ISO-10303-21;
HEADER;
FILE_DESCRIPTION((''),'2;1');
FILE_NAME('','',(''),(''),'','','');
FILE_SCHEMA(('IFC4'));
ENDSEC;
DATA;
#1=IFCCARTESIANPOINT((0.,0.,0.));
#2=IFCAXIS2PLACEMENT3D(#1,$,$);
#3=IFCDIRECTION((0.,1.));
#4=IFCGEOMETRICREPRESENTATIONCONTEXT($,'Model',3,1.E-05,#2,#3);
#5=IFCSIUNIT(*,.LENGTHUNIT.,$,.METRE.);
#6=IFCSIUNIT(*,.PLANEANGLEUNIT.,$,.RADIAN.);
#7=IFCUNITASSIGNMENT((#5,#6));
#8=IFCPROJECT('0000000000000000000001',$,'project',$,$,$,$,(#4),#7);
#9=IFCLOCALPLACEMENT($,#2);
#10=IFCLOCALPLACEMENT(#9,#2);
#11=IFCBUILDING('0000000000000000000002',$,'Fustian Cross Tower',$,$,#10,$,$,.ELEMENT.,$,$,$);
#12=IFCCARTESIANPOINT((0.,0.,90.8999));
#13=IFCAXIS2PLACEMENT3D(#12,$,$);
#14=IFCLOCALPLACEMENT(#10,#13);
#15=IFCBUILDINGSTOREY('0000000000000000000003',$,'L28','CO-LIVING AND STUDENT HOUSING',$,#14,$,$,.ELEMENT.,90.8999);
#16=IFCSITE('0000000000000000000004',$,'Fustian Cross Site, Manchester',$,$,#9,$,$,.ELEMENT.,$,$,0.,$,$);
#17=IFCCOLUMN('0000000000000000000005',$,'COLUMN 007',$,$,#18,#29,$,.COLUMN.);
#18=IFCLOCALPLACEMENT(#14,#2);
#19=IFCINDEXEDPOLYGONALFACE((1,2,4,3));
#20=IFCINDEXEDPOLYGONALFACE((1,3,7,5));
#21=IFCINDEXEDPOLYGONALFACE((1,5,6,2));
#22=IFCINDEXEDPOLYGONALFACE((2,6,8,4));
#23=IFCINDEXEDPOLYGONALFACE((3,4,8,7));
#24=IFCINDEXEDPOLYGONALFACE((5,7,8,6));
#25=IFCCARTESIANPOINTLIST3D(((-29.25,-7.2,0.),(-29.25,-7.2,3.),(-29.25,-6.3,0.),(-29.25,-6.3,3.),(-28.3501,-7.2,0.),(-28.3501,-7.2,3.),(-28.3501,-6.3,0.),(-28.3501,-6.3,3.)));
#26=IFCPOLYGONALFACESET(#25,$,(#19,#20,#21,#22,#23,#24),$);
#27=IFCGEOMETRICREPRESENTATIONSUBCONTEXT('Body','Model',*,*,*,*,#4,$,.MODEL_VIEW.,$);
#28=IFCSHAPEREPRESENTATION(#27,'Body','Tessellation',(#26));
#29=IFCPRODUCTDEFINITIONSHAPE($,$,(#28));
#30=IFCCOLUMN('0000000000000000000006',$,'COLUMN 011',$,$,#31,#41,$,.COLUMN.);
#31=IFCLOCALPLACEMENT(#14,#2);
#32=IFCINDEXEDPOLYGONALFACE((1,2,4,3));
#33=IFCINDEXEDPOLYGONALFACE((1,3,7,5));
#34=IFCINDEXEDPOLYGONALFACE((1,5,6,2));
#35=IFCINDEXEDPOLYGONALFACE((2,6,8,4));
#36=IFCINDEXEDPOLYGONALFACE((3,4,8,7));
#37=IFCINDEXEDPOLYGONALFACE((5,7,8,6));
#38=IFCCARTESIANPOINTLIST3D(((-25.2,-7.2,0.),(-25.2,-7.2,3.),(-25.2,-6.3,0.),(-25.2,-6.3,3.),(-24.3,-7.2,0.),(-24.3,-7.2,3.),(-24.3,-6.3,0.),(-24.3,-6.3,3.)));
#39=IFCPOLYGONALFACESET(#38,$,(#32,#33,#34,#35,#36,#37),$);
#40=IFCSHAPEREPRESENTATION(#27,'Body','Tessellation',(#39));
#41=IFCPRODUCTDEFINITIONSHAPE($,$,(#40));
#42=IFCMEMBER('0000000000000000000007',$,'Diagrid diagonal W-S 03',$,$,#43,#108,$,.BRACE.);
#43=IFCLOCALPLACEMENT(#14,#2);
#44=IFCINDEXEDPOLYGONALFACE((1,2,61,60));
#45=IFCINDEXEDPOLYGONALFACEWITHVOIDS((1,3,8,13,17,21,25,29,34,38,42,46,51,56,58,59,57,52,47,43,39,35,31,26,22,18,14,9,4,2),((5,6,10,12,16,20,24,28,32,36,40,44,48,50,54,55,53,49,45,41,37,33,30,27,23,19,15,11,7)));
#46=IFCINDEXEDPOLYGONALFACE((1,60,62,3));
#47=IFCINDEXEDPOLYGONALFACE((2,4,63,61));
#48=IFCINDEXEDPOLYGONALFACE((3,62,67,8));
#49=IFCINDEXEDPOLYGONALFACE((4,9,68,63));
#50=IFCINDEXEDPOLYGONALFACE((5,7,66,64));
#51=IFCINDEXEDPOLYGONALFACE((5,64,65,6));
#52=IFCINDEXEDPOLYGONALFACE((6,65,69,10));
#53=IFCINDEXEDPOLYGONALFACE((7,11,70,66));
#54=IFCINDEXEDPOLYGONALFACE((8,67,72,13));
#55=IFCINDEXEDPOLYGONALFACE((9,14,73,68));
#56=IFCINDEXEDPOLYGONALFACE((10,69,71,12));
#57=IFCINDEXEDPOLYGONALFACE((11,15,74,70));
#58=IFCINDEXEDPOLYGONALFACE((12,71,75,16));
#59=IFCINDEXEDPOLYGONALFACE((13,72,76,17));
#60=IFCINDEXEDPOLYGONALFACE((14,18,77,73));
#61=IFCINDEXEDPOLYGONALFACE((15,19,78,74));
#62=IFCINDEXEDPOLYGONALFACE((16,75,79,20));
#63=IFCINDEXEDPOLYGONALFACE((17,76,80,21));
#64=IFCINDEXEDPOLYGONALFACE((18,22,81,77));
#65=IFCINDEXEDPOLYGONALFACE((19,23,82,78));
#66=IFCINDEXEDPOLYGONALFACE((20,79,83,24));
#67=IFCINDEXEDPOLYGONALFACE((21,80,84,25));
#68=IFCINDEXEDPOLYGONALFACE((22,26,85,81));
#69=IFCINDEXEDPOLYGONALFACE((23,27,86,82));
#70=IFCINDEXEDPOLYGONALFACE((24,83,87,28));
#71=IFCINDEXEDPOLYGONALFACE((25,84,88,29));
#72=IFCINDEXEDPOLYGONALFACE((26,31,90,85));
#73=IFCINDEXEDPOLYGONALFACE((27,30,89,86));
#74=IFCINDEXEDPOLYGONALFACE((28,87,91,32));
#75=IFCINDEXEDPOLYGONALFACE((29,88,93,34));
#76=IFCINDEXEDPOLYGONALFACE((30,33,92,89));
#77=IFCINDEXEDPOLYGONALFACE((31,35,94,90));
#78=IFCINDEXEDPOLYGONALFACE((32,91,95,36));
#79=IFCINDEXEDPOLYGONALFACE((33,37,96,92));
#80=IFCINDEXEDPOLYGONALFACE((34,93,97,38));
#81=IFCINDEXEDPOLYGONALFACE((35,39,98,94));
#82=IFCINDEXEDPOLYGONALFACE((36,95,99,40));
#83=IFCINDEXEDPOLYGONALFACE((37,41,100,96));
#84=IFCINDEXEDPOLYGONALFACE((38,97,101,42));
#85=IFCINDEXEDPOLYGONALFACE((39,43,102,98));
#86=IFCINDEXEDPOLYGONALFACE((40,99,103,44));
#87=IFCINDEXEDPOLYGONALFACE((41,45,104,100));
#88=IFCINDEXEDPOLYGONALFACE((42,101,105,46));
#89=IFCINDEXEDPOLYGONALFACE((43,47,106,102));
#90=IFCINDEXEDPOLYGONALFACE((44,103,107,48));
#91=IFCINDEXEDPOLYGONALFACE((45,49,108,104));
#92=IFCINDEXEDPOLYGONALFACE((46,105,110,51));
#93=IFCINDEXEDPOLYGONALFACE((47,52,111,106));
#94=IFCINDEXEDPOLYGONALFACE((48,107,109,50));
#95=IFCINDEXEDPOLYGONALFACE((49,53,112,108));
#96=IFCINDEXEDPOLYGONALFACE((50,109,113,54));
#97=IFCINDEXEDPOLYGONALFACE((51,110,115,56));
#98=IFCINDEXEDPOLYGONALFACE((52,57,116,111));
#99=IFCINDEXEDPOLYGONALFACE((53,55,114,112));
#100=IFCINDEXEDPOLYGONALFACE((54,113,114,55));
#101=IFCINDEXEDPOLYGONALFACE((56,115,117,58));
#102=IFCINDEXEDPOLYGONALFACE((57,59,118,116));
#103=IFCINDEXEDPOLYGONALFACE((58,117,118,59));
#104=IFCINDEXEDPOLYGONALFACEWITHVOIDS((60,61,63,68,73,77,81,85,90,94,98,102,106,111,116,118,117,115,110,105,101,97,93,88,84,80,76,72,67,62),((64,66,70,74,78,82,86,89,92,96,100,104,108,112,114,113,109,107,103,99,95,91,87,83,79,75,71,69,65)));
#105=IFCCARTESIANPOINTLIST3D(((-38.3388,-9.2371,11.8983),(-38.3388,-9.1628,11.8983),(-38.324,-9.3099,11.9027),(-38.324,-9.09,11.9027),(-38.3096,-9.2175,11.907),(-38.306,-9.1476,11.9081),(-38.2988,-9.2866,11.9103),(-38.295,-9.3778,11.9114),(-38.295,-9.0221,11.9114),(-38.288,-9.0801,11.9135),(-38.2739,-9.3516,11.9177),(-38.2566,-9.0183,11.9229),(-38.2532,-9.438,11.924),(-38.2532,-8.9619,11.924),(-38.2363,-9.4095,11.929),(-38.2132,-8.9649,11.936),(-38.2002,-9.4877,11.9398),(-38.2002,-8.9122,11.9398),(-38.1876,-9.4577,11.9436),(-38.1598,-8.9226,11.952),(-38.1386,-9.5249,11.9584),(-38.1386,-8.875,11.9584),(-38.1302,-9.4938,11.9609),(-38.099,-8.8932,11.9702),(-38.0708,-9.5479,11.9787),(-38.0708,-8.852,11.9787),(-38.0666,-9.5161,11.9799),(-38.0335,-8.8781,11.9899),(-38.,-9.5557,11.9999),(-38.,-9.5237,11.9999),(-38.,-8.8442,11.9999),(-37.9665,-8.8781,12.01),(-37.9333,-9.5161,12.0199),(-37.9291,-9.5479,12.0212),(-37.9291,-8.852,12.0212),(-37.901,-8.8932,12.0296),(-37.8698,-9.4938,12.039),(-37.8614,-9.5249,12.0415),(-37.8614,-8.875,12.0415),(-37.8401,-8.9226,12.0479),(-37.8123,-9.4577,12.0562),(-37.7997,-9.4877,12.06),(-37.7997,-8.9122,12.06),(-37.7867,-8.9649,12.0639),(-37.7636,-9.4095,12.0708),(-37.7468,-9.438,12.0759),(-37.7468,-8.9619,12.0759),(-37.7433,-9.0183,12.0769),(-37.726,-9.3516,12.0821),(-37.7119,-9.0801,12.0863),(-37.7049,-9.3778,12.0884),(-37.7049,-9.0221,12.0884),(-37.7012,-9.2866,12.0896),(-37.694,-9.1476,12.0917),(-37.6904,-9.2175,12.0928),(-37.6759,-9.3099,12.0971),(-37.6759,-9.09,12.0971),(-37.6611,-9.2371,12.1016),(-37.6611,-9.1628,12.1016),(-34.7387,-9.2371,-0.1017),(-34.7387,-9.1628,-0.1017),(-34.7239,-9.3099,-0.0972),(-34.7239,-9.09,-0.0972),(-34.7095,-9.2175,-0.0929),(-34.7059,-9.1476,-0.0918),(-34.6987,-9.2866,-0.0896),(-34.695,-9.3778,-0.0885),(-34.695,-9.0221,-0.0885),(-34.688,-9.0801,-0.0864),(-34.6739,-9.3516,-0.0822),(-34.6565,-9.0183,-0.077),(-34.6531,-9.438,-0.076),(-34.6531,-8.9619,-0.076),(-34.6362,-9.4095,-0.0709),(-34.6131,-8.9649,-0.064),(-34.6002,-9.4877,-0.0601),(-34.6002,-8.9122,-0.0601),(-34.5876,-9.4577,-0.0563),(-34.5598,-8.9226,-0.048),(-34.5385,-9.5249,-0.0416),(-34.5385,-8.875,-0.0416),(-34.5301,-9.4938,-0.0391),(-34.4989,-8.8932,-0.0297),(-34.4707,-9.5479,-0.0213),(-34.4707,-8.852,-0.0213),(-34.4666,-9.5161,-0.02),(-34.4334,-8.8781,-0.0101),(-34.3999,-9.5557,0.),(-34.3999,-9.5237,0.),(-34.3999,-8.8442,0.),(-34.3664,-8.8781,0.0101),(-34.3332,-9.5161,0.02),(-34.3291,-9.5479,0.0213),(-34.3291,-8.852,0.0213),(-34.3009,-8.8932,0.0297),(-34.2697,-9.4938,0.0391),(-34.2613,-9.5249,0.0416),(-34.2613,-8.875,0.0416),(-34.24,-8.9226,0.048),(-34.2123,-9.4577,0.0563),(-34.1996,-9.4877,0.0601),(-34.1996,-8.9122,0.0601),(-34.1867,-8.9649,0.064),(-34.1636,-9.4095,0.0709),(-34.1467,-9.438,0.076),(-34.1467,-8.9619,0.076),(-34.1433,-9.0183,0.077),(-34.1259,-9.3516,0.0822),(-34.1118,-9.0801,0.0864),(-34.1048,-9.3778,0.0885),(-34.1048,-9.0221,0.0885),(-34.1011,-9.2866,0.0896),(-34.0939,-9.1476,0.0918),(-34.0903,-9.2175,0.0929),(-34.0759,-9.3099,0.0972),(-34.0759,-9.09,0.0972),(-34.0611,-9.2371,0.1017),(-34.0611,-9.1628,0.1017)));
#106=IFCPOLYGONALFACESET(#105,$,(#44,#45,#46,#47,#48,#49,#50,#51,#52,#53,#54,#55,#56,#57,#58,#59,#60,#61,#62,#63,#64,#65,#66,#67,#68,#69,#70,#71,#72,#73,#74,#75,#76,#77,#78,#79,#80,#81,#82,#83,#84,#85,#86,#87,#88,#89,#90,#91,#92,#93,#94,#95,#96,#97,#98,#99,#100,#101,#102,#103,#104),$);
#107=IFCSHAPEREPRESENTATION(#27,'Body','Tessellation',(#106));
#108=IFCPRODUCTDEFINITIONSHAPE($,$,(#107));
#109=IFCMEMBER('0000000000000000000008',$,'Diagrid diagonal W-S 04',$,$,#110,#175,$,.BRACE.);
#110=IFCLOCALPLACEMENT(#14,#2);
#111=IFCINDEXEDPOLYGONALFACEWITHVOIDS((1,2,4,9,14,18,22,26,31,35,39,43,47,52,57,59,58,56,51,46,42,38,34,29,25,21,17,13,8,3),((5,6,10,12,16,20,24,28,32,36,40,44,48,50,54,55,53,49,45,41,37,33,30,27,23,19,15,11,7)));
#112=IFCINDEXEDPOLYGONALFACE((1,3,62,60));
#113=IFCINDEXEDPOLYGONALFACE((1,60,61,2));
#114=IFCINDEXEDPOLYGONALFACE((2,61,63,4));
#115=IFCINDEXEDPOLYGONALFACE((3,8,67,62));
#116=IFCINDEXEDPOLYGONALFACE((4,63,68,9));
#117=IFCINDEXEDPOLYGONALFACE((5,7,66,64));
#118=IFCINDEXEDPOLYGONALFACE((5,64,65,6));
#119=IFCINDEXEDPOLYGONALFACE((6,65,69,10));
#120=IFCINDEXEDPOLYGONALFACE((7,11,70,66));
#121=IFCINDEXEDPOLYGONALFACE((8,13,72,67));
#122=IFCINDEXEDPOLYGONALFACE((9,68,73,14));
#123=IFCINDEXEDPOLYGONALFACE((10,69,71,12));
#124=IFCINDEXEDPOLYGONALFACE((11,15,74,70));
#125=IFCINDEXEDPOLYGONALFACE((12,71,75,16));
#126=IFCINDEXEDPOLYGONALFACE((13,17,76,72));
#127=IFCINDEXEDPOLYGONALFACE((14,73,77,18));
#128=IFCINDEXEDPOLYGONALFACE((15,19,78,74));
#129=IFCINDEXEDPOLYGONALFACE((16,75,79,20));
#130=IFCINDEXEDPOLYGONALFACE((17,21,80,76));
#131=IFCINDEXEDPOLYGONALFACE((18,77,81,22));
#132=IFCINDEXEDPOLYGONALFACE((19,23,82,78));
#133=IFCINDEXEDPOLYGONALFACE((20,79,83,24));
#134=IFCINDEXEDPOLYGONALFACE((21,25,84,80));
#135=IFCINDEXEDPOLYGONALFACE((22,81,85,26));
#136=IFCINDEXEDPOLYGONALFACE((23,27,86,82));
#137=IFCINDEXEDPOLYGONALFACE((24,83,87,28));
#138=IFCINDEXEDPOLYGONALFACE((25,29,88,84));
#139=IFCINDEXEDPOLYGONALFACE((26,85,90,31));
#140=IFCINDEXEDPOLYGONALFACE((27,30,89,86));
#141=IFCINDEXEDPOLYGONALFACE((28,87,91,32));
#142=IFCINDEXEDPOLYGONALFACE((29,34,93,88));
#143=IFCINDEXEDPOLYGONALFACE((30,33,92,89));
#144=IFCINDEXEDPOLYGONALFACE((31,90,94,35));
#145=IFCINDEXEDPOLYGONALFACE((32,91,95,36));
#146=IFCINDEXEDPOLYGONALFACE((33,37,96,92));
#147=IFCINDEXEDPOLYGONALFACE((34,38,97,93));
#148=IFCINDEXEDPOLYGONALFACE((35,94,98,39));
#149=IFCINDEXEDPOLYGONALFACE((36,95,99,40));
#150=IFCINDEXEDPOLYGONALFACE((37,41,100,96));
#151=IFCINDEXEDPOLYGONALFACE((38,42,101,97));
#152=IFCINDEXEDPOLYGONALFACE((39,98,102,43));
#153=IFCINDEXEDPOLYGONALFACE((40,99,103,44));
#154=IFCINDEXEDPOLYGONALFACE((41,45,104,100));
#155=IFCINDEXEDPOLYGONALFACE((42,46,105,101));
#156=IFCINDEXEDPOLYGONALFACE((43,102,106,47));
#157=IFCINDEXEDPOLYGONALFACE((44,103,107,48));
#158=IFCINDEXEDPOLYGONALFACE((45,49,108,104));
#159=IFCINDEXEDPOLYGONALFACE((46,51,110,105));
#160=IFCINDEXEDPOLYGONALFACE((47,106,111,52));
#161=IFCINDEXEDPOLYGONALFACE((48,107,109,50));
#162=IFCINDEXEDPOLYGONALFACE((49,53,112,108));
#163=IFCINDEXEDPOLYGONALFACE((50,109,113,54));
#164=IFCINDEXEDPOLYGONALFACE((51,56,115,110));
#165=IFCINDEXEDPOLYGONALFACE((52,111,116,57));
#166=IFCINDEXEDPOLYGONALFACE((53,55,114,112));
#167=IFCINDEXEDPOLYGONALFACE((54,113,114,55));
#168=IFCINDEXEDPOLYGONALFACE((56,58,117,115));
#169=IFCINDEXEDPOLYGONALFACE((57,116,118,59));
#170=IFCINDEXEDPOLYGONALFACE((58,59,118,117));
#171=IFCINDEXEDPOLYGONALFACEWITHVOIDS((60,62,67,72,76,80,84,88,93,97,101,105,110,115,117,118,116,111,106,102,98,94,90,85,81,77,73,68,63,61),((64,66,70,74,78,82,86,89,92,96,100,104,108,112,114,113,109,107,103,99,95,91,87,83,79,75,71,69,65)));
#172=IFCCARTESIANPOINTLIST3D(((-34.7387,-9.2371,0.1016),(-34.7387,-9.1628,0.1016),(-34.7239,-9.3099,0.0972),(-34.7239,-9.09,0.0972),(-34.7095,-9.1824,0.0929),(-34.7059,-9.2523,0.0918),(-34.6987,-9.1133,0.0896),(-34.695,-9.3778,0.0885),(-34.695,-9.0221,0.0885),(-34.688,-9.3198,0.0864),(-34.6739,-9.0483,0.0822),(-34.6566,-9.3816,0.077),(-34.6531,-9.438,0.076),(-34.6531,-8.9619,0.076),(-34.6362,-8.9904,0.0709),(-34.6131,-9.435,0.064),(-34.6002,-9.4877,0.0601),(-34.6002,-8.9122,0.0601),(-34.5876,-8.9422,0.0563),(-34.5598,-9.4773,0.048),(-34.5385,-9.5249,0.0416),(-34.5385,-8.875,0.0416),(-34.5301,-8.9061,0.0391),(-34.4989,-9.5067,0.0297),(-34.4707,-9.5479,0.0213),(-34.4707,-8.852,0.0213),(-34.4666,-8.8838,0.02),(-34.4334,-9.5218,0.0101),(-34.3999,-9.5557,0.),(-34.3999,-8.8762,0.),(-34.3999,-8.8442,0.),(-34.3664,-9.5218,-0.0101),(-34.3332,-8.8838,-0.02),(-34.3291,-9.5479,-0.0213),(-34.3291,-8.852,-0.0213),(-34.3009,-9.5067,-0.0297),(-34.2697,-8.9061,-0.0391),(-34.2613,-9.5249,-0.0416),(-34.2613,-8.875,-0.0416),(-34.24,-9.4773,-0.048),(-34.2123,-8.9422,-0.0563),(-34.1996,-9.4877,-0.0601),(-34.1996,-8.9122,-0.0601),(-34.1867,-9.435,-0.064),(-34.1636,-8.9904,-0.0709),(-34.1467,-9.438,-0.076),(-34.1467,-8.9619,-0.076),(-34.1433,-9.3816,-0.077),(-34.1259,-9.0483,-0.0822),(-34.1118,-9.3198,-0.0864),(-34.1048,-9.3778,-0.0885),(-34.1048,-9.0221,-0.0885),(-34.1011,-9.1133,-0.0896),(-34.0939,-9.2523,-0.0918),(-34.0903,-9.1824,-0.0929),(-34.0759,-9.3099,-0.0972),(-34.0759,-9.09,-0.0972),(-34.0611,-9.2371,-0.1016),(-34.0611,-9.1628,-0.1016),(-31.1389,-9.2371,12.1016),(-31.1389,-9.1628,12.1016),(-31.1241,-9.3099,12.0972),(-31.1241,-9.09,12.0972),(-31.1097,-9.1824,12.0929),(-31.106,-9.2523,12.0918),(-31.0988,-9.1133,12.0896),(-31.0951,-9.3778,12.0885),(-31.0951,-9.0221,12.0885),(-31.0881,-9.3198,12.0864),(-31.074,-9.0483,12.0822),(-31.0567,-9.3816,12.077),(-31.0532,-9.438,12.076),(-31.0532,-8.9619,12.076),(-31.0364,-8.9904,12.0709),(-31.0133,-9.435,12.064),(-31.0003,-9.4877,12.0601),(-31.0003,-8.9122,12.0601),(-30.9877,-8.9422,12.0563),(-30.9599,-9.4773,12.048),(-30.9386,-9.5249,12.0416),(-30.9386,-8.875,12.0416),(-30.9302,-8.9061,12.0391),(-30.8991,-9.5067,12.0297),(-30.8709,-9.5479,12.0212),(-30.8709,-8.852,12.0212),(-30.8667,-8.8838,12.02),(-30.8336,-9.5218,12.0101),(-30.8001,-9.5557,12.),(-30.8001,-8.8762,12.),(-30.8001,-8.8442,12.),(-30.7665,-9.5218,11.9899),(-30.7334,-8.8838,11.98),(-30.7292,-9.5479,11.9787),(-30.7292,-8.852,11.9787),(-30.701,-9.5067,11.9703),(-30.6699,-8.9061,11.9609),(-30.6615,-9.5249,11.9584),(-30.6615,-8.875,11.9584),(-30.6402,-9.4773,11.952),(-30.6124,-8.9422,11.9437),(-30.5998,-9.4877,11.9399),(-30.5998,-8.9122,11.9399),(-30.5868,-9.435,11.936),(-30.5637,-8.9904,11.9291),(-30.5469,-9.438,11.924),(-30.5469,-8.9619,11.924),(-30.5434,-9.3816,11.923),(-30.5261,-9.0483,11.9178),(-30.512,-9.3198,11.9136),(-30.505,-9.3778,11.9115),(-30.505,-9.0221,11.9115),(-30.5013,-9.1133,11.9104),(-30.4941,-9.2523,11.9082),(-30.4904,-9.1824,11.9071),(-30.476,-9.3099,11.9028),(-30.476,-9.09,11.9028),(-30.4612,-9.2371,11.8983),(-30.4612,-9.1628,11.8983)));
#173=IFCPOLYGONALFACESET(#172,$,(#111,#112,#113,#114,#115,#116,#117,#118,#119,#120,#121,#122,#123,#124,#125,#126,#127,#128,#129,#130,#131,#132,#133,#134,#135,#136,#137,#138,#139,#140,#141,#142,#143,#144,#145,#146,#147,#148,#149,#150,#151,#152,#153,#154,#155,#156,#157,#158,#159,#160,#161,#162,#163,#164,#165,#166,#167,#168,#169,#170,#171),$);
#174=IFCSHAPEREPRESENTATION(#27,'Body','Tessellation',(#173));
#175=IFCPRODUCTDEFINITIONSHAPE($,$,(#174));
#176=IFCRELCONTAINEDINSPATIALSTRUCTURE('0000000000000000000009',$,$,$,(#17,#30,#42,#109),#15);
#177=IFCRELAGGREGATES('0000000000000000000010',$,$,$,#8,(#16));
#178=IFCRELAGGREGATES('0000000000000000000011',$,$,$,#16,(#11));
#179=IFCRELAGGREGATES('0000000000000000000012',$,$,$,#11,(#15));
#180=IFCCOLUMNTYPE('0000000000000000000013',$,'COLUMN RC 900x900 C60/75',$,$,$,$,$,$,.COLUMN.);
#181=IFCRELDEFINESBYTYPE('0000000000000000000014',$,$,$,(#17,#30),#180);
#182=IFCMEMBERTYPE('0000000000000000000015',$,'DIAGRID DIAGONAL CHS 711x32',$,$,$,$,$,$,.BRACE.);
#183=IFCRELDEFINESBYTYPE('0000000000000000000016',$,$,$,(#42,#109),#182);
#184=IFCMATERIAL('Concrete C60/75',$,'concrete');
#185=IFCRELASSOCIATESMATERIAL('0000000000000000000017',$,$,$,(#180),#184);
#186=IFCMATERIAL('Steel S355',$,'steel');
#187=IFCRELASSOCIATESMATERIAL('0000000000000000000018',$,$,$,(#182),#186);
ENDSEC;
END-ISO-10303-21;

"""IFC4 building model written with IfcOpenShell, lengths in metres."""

from ifc_helpers import new_model, si_unit, direction, frame, origin, origin_2d, place, context, subcontext, project, spatial, rectangle, hollow_circle, extrude, material, material_profile, profile_set, type_object, element, save


model = new_model("IFC4")

# Units and contexts
model_context = context("Model", 3, precision=1e-05, world=origin(), true_north=direction((0.0, 1.0)))
body_context = subcontext(model_context, "Body", "Model", "MODEL_VIEW")
ifc_project = project(units=[si_unit("LENGTHUNIT", "METRE"), si_unit("PLANEANGLEUNIT", "RADIAN")], contexts=[model_context])

# Site, building, storey
site_placement = place(None, origin())
site = spatial("IfcSite", under=ifc_project, at=site_placement, Name="Fustian Cross Site, Manchester", CompositionType="ELEMENT", RefElevation=0.0)
building_placement = place(site_placement, origin())
building = spatial("IfcBuilding", under=site, at=building_placement, Name="Fustian Cross Tower", CompositionType="ELEMENT")
storey_placement = place(building_placement, frame((0.0, 0.0, 90.8999)))
storey = spatial("IfcBuildingStorey", under=building, at=storey_placement, Name="L28", Description="CO-LIVING AND STUDENT HOUSING", CompositionType="ELEMENT", Elevation=90.8999)

# Columns
ifc_material_1 = material(Name="Concrete C60/75", Category="concrete")
ifc_material_profile_1 = material_profile(ifc_material_1, rectangle(XDim=0.8999, YDim=0.8999, at=origin_2d()), Name="RC 900x900")
ifc_profile_set_1 = profile_set([ifc_material_profile_1], Name="Concrete C60/75")
column_type = type_object("IfcColumnType", Name="COLUMN RC 900x900 C60/75", PredefinedType="COLUMN", material=ifc_profile_set_1)
for number, where, z_axis, x_axis, name in (
    (1, (-28.8, -6.75, 0.0), (0.0, 0.0, 1.0), (1.0, 0.0, 0.0), "COLUMN 007"),
    (2, (-24.75, -6.75, 0.0), (0.0, 0.0, 1.0), (1.0, 0.0, 0.0), "COLUMN 011"),
):
    element("IfcColumn", number, at=place(storey_placement, frame(where, z_axis=z_axis, x_axis=x_axis)), inside=storey, type_object=column_type, Name=name, PredefinedType="COLUMN", context=body_context, shape_type="SweptSolid", body=[
        extrude(rectangle(XDim=0.8999, YDim=0.8999, at=origin_2d()), origin(), (0.0, 0.0, 1.0), 3.0),
    ])

# Members
ifc_material_2 = material(Name="Steel S355", Category="steel")
ifc_material_profile_2 = material_profile(ifc_material_2, hollow_circle(Radius=0.3557, WallThickness=0.032, at=origin_2d()), Name="CHS 711x32")
ifc_profile_set_2 = profile_set([ifc_material_profile_2], Name="Steel S355")
member_type = type_object("IfcMemberType", Name="DIAGRID DIAGONAL CHS 711x32", PredefinedType="BRACE", material=ifc_profile_set_2)
for number, where, z_axis, x_axis, name in (
    (3, (-34.3999, -9.2, 0.0), (-0.287355, 0.0, 0.957824), (0.0, -1.0, 0.0), "Diagrid diagonal W-S 03"),
    (4, (-34.3999, -9.2, 0.0), (0.287337, 0.0, 0.95783), (0.0, 1.0, 0.0), "Diagrid diagonal W-S 04"),
):
    element("IfcMember", number, at=place(storey_placement, frame(where, z_axis=z_axis, x_axis=x_axis)), inside=storey, type_object=member_type, Name=name, PredefinedType="BRACE", context=body_context, shape_type="SweptSolid", body=[
        extrude(hollow_circle(Radius=0.3557, WallThickness=0.032, at=origin_2d()), origin(), (0.0, 0.0, 1.0), 12.5283),
    ])

save(model, "model.ifc")
